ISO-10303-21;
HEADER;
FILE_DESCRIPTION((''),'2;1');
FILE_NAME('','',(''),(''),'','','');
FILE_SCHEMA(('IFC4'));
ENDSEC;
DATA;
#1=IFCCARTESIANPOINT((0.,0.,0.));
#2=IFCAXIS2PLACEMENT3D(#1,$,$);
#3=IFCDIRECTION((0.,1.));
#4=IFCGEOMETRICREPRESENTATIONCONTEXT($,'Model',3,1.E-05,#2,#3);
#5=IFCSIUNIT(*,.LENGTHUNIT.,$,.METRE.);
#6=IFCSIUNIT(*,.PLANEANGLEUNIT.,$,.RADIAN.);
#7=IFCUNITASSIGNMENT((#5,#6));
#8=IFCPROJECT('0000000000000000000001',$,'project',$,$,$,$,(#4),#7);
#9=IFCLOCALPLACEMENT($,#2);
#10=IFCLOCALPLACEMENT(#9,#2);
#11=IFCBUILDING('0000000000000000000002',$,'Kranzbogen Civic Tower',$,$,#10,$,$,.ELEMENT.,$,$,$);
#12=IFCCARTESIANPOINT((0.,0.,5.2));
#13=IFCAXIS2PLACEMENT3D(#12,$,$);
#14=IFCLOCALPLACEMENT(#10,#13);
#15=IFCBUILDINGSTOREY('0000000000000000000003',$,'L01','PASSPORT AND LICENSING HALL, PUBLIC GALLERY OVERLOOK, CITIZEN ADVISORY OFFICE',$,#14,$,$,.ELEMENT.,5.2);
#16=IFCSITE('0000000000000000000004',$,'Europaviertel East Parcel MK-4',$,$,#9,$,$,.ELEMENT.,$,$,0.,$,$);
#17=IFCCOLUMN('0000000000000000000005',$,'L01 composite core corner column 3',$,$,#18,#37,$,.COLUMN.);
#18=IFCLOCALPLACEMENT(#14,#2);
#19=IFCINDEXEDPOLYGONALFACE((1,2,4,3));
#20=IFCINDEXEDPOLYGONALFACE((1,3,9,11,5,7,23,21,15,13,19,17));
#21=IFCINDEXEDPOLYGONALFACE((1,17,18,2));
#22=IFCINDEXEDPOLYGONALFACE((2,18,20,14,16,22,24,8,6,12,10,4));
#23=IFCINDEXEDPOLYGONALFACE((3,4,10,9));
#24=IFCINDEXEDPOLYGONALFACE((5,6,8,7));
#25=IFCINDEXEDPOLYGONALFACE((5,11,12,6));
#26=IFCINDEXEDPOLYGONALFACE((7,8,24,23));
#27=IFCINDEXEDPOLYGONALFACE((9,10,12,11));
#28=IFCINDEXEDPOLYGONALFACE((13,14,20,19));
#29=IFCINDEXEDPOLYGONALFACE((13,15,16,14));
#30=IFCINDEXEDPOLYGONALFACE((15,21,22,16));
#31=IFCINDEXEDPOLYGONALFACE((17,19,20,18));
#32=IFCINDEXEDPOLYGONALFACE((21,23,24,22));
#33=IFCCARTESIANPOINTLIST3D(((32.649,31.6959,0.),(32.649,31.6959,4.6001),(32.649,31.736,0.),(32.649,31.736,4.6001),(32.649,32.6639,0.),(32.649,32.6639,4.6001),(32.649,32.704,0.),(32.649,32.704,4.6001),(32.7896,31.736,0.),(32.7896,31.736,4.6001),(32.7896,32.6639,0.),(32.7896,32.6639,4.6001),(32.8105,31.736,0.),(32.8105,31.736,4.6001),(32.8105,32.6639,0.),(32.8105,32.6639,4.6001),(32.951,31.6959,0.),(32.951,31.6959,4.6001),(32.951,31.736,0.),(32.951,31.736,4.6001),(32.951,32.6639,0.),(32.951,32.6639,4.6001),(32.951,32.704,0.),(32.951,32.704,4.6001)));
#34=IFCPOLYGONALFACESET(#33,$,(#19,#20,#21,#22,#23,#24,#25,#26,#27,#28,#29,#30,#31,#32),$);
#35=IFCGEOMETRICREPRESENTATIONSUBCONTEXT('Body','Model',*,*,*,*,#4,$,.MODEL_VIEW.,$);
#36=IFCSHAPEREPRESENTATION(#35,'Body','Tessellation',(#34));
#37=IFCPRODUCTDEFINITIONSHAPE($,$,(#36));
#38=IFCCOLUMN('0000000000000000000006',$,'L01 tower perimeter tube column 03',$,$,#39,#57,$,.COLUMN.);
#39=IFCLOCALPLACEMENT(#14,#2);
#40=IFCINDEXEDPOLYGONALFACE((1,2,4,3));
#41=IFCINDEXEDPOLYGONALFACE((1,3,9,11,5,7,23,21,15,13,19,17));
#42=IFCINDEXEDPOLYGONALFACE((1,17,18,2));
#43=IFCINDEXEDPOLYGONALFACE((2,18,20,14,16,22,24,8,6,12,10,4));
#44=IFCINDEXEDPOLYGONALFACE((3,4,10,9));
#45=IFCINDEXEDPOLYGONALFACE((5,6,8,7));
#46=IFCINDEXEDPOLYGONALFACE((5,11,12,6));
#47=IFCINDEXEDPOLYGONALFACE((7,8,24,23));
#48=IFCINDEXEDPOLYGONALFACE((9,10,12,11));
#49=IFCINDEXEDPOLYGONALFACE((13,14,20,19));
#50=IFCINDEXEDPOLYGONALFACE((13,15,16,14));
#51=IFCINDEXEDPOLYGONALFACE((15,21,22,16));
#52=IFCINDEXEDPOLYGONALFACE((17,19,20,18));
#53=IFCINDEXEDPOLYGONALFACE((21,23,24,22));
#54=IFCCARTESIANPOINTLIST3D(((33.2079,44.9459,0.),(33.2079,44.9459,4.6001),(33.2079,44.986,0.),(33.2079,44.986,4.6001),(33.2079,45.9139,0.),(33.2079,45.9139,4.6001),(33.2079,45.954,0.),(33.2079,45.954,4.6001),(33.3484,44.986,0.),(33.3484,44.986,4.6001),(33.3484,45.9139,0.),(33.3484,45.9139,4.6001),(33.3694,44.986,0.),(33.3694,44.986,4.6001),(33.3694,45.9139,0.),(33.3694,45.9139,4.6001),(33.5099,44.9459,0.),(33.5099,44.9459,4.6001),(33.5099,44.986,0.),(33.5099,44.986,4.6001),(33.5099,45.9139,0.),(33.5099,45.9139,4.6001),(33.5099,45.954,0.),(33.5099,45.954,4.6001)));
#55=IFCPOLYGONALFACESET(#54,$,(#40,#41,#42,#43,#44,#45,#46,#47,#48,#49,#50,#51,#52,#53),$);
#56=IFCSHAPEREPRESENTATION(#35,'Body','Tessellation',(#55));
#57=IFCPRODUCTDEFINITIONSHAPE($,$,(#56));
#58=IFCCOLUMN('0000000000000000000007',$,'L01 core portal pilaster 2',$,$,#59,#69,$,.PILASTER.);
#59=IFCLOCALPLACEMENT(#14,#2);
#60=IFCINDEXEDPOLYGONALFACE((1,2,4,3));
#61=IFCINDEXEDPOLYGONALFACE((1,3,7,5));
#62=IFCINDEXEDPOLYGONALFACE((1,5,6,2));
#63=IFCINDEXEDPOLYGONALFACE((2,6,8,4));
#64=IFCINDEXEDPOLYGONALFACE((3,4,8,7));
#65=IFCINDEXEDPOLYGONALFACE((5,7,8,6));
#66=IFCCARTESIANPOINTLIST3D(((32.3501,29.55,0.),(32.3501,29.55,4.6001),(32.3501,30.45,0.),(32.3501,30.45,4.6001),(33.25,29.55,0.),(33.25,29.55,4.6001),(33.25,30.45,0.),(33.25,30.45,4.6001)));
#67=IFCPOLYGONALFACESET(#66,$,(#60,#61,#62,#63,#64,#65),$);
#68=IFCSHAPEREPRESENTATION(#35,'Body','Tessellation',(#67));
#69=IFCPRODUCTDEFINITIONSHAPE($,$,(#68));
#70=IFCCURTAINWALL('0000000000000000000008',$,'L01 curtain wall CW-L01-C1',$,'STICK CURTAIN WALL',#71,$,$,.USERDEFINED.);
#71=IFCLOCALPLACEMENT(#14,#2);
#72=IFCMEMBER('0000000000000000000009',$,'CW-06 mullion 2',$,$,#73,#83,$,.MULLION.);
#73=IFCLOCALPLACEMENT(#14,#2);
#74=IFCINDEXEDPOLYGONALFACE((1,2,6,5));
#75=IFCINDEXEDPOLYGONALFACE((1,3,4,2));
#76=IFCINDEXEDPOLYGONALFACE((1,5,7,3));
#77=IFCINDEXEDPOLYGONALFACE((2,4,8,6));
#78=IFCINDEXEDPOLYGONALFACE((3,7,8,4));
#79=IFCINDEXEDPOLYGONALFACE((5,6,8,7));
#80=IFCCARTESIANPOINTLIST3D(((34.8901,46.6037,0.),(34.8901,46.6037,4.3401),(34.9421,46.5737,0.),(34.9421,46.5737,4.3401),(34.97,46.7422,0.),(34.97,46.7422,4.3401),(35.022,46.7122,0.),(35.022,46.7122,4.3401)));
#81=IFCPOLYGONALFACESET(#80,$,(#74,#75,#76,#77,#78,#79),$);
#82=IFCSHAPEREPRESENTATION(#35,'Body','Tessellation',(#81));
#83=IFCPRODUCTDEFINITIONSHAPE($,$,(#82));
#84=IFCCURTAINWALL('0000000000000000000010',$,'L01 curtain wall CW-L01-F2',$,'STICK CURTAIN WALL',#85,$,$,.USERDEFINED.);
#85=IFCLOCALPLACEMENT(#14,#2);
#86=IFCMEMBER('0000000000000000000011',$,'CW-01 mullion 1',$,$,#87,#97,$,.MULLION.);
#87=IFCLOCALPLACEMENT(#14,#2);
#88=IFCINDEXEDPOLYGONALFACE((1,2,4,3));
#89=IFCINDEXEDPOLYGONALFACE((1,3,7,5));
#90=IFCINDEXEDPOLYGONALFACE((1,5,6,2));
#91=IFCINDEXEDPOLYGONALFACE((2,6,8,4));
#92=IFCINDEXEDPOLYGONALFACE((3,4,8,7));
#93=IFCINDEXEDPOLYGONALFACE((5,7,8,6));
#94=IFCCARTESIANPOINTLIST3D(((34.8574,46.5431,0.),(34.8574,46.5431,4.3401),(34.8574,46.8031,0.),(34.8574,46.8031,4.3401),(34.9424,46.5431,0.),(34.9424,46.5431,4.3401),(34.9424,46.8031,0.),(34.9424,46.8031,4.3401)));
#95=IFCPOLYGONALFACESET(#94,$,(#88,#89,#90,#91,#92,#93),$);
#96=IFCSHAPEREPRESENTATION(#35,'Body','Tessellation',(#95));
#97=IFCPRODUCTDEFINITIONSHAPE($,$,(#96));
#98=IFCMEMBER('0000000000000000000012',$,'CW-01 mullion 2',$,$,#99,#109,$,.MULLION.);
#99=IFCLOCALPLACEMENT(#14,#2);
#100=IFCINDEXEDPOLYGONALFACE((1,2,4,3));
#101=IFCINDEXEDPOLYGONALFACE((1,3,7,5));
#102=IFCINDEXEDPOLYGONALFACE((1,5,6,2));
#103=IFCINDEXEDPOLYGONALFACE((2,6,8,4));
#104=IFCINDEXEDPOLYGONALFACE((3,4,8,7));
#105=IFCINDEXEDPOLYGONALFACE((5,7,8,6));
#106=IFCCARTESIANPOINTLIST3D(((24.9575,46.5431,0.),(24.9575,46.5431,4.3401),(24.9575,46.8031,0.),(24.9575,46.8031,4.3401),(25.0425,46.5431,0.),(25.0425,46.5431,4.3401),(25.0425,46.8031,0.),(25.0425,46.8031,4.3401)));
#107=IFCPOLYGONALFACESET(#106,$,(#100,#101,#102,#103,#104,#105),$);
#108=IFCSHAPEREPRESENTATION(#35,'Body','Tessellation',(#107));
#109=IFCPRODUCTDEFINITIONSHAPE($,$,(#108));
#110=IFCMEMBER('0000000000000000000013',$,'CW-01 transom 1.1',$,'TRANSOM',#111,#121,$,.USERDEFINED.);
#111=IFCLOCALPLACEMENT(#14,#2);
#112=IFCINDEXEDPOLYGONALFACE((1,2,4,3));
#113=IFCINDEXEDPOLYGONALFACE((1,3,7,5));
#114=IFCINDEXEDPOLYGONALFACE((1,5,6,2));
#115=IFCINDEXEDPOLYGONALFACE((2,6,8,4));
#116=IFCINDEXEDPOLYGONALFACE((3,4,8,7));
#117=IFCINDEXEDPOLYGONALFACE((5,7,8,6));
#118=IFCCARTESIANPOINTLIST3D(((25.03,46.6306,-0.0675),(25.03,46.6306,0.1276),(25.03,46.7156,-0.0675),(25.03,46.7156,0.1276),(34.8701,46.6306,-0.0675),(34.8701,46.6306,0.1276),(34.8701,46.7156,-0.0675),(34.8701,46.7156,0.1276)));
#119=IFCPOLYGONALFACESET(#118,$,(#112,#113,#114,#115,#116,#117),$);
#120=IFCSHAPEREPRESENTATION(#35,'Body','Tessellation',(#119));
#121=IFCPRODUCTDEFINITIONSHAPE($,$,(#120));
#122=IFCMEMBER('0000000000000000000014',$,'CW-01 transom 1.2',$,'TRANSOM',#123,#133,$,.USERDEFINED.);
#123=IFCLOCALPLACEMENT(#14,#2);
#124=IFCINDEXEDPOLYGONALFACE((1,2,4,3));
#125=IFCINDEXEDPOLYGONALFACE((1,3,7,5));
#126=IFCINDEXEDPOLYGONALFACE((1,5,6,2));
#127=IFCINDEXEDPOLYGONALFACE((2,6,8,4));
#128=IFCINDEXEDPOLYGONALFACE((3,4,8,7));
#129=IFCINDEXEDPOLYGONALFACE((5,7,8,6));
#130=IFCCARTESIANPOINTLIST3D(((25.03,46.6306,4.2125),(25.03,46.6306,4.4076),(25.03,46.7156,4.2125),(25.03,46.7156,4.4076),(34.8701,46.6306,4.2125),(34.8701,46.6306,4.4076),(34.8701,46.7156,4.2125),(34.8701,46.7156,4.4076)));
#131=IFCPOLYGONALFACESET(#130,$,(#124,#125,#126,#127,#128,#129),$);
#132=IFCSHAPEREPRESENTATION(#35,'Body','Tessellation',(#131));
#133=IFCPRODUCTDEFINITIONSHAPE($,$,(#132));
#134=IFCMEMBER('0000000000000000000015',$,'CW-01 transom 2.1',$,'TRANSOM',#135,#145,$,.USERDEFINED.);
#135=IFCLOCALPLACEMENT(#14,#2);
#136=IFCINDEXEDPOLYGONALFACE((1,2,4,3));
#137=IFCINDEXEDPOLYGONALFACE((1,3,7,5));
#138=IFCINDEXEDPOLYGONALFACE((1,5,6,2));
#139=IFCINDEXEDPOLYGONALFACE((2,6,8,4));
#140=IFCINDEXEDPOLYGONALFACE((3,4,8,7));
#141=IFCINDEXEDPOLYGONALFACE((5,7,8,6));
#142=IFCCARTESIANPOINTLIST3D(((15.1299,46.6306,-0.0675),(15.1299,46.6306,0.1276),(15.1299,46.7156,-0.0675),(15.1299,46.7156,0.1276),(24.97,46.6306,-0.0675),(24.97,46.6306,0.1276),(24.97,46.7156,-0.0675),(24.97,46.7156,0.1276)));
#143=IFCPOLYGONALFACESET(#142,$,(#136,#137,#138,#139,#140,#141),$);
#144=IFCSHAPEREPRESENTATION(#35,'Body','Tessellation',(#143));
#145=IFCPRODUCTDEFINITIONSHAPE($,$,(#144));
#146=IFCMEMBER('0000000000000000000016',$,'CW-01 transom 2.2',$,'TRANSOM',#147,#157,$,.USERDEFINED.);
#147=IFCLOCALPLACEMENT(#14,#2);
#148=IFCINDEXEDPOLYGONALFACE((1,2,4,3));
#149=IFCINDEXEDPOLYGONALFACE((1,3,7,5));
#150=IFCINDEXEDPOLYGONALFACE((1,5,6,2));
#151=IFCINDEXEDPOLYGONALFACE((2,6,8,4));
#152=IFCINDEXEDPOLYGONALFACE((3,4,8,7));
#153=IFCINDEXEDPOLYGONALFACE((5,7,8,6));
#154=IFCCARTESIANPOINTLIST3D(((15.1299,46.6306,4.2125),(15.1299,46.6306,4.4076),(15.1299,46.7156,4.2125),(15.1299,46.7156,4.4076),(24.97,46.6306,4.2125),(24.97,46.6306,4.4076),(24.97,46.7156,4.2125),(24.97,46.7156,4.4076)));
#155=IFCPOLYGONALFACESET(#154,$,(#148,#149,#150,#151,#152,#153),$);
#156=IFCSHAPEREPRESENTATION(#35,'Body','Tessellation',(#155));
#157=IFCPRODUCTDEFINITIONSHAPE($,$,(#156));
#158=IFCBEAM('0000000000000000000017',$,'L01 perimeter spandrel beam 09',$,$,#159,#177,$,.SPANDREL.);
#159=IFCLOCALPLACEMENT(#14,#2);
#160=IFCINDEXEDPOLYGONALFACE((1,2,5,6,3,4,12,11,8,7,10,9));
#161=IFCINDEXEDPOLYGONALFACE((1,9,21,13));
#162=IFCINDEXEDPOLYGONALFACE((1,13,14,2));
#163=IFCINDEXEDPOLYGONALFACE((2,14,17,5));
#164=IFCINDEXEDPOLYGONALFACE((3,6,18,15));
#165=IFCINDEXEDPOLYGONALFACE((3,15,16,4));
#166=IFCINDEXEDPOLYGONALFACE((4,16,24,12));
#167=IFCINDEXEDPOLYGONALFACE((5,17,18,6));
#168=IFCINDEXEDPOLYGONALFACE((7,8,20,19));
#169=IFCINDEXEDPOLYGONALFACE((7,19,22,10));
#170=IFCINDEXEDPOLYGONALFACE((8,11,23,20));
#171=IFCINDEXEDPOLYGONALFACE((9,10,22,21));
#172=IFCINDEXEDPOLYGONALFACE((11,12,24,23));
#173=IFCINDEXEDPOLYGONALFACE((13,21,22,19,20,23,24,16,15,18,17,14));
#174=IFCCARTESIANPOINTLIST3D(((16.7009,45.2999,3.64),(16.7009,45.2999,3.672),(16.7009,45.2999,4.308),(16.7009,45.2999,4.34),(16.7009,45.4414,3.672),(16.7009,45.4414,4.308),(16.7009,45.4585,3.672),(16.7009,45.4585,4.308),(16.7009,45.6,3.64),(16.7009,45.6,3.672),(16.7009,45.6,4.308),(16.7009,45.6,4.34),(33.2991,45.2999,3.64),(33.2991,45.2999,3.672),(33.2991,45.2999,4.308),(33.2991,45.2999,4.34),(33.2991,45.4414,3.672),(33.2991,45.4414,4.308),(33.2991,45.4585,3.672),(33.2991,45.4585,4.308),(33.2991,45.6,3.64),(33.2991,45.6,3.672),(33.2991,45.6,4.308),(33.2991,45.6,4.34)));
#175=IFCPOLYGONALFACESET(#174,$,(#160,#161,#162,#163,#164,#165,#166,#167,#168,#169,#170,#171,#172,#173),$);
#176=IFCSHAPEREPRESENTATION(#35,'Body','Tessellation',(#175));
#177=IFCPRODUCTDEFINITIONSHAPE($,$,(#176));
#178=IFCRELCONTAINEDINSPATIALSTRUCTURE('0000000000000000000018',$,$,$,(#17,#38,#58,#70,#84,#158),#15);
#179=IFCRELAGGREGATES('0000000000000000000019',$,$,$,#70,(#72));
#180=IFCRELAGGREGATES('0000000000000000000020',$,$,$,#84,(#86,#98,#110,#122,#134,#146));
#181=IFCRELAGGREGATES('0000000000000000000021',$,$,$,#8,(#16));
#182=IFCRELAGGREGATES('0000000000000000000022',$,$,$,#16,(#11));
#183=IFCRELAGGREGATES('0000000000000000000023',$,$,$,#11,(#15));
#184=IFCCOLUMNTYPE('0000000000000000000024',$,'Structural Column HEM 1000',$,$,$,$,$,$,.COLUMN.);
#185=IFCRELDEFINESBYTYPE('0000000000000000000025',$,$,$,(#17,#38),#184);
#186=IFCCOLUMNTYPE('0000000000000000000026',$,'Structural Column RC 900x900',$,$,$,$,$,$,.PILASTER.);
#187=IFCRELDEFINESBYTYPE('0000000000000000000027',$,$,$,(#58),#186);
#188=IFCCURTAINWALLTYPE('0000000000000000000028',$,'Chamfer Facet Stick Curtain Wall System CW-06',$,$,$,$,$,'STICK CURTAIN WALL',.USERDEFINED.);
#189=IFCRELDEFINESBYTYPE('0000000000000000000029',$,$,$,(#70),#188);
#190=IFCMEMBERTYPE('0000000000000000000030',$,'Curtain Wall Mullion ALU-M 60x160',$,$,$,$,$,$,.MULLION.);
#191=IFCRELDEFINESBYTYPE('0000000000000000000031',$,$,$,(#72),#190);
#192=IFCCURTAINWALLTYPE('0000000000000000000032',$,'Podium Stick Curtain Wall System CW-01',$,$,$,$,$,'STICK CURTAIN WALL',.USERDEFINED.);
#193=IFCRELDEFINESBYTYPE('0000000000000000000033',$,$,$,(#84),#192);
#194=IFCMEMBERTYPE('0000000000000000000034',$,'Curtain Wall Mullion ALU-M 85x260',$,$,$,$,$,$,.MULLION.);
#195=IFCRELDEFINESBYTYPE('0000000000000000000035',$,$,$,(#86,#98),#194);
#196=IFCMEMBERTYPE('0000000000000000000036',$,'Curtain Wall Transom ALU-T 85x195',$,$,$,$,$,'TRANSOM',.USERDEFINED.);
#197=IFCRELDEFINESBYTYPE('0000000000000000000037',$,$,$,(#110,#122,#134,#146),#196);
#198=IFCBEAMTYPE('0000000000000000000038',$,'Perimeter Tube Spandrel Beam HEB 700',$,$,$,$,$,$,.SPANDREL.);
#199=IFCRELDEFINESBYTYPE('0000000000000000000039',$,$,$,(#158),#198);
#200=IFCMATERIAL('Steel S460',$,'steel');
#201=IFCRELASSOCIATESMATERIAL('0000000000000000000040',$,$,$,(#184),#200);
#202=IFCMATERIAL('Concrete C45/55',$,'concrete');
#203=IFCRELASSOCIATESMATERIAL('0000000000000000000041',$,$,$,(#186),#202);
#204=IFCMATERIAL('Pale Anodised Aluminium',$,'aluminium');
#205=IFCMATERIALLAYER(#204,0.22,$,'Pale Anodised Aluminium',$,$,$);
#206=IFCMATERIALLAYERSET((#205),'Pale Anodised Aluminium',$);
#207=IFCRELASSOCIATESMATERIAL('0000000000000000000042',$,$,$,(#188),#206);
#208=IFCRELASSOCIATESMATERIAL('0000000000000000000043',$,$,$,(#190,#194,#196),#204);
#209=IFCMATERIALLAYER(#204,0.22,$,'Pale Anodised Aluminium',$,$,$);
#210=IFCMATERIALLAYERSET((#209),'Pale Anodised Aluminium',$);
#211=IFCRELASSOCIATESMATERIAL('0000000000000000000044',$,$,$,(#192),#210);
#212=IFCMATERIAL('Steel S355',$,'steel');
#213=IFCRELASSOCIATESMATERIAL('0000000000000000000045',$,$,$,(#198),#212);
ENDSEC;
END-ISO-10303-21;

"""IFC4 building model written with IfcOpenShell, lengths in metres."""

from ifc_helpers import new_model, si_unit, direction, frame, origin, origin_2d, place, context, subcontext, project, spatial, rectangle, i_section, extrude, material, layer, layer_set, material_profile, profile_set, type_object, element, aggregate, save


model = new_model("IFC4")

# Units and contexts
model_context = context("Model", 3, precision=1e-05, world=origin(), true_north=direction((0.0, 1.0)))
body_context = subcontext(model_context, "Body", "Model", "MODEL_VIEW")
ifc_project = project(units=[si_unit("LENGTHUNIT", "METRE"), si_unit("PLANEANGLEUNIT", "RADIAN")], contexts=[model_context])

# Site, building, storey
site_placement = place(None, origin())
site = spatial("IfcSite", under=ifc_project, at=site_placement, Name="Europaviertel East Parcel MK-4", CompositionType="ELEMENT", RefElevation=0.0)
building_placement = place(site_placement, origin())
building = spatial("IfcBuilding", under=site, at=building_placement, Name="Kranzbogen Civic Tower", CompositionType="ELEMENT")
storey_placement = place(building_placement, frame((0.0, 0.0, 5.2)))
storey = spatial("IfcBuildingStorey", under=building, at=storey_placement, Name="L01", Description="PASSPORT AND LICENSING HALL, PUBLIC GALLERY OVERLOOK, CITIZEN ADVISORY OFFICE", CompositionType="ELEMENT", Elevation=5.2)

# Columns
ifc_material_1 = material(Name="Steel S460", Category="steel")
ifc_material_profile_1 = material_profile(ifc_material_1, i_section(OverallWidth=0.302, OverallDepth=1.0081, WebThickness=0.021, FlangeThickness=0.04, at=origin_2d()), Name="HEM 1000")
ifc_profile_set_1 = profile_set([ifc_material_profile_1], Name="Steel S460")
column_type_1 = type_object("IfcColumnType", Name="Structural Column HEM 1000", PredefinedType="COLUMN", material=ifc_profile_set_1)
for number, where, z_axis, x_axis, name in (
    (1, (32.8, 32.2, 0.0), (0.0, 0.0, 1.0), (1.0, 0.0, 0.0), "L01 composite core corner column 3"),
    (2, (33.3589, 45.45, 0.0), (0.0, 0.0, 1.0), (1.0, 0.0, 0.0), "L01 tower perimeter tube column 03"),
):
    element("IfcColumn", number, at=place(storey_placement, frame(where, z_axis=z_axis, x_axis=x_axis)), inside=storey, type_object=column_type_1, Name=name, PredefinedType="COLUMN", context=body_context, shape_type="SweptSolid", body=[
        extrude(i_section(OverallWidth=0.302, OverallDepth=1.0081, WebThickness=0.021, FlangeThickness=0.04, at=origin_2d()), origin(), (0.0, 0.0, 1.0), 4.6001),
    ])
ifc_material_2 = material(Name="Concrete C45/55", Category="concrete")
ifc_material_profile_2 = material_profile(ifc_material_2, rectangle(XDim=0.8999, YDim=0.8999, at=origin_2d()), Name="RC 900x900")
ifc_profile_set_2 = profile_set([ifc_material_profile_2], Name="Concrete C45/55")
column_type_2 = type_object("IfcColumnType", Name="Structural Column RC 900x900", PredefinedType="PILASTER", material=ifc_profile_set_2)
column_placement = place(storey_placement, frame((32.8, 30.0, 0.0), z_axis=(0.0, 0.0, 1.0), x_axis=(1.0, 0.0, 0.0)))
element("IfcColumn", 3, at=column_placement, inside=storey, type_object=column_type_2, Name="L01 core portal pilaster 2", PredefinedType="PILASTER", context=body_context, shape_type="SweptSolid", body=[
    extrude(rectangle(XDim=0.8999, YDim=0.8999, at=origin_2d()), origin(), (0.0, 0.0, 1.0), 4.6001),
])

# Curtain wall, member
ifc_material_3 = material(Name="Pale Anodised Aluminium", Category="aluminium")
ifc_layer_1 = layer(ifc_material_3, 0.22, Name="Pale Anodised Aluminium")
ifc_layer_set_1 = layer_set([ifc_layer_1], Name="Pale Anodised Aluminium")
curtain_wall_type_1 = type_object("IfcCurtainWallType", Name="Chamfer Facet Stick Curtain Wall System CW-06", ElementType="STICK CURTAIN WALL", PredefinedType="USERDEFINED", material=ifc_layer_set_1)
curtain_wall_1_placement = place(storey_placement, origin())
curtain_wall_1 = element("IfcCurtainWall", 4, at=curtain_wall_1_placement, inside=storey, type_object=curtain_wall_type_1, Name="L01 curtain wall CW-L01-C1", ObjectType="STICK CURTAIN WALL", PredefinedType="USERDEFINED")
ifc_material_profile_3 = material_profile(ifc_material_3, rectangle(XDim=0.0601, YDim=0.1599, at=origin_2d()), Name="ALU-M 60x160")
ifc_profile_set_3 = profile_set([ifc_material_profile_3], Name="Pale Anodised Aluminium")
member_type_1 = type_object("IfcMemberType", Name="Curtain Wall Mullion ALU-M 60x160", PredefinedType="MULLION", material=ifc_profile_set_3)
member_1_placement = place(storey_placement, frame((34.9561, 46.658, 0.0), z_axis=(0.0, 0.0, 1.0), x_axis=(-0.865992, 0.500058, 0.0)))
member_1 = element("IfcMember", 5, at=member_1_placement, type_object=member_type_1, Name="CW-06 mullion 2", PredefinedType="MULLION", context=body_context, shape_type="SweptSolid", body=[
    extrude(rectangle(XDim=0.0601, YDim=0.1599, at=origin_2d()), origin(), (0.0, 0.0, 1.0), 4.3401),
])
aggregate(curtain_wall_1, [member_1])

# Curtain wall, members
ifc_layer_2 = layer(ifc_material_3, 0.22, Name="Pale Anodised Aluminium")
ifc_layer_set_2 = layer_set([ifc_layer_2], Name="Pale Anodised Aluminium")
curtain_wall_type_2 = type_object("IfcCurtainWallType", Name="Podium Stick Curtain Wall System CW-01", ElementType="STICK CURTAIN WALL", PredefinedType="USERDEFINED", material=ifc_layer_set_2)
curtain_wall_2_placement = place(storey_placement, origin())
curtain_wall_2 = element("IfcCurtainWall", 6, at=curtain_wall_2_placement, inside=storey, type_object=curtain_wall_type_2, Name="L01 curtain wall CW-L01-F2", ObjectType="STICK CURTAIN WALL", PredefinedType="USERDEFINED")
ifc_material_profile_4 = material_profile(ifc_material_3, rectangle(XDim=0.085, YDim=0.26, at=origin_2d()), Name="ALU-M 85x260")
ifc_profile_set_4 = profile_set([ifc_material_profile_4], Name="Pale Anodised Aluminium")
member_type_2 = type_object("IfcMemberType", Name="Curtain Wall Mullion ALU-M 85x260", PredefinedType="MULLION", material=ifc_profile_set_4)
member_2_placement = place(storey_placement, frame((34.8999, 46.6731, 0.0), z_axis=(0.0, 0.0, 1.0), x_axis=(-1.0, 0.0, 0.0)))
member_2 = element("IfcMember", 7, at=member_2_placement, type_object=member_type_2, Name="CW-01 mullion 1", PredefinedType="MULLION", context=body_context, shape_type="SweptSolid", body=[
    extrude(rectangle(XDim=0.085, YDim=0.26, at=origin_2d()), origin(), (0.0, 0.0, 1.0), 4.3401),
])
member_3_placement = place(storey_placement, frame((25.0, 46.6731, 0.0), z_axis=(0.0, 0.0, 1.0), x_axis=(-1.0, 0.0, 0.0)))
member_3 = element("IfcMember", 8, at=member_3_placement, type_object=member_type_2, Name="CW-01 mullion 2", PredefinedType="MULLION", context=body_context, shape_type="SweptSolid", body=[
    extrude(rectangle(XDim=0.085, YDim=0.26, at=origin_2d()), origin(), (0.0, 0.0, 1.0), 4.3401),
])
ifc_material_profile_5 = material_profile(ifc_material_3, rectangle(XDim=0.085, YDim=0.1951, at=origin_2d()), Name="ALU-T 85x195")
ifc_profile_set_5 = profile_set([ifc_material_profile_5], Name="Pale Anodised Aluminium")
member_type_3 = type_object("IfcMemberType", Name="Curtain Wall Transom ALU-T 85x195", ElementType="TRANSOM", PredefinedType="USERDEFINED", material=ifc_profile_set_5)
member_4_placement = place(storey_placement, frame((34.8701, 46.6731, 0.03), z_axis=(-1.0, 0.0, 0.0), x_axis=(0.0, -1.0, 0.0)))
member_4 = element("IfcMember", 9, at=member_4_placement, type_object=member_type_3, Name="CW-01 transom 1.1", ObjectType="TRANSOM", PredefinedType="USERDEFINED", context=body_context, shape_type="SweptSolid", body=[
    extrude(rectangle(XDim=0.085, YDim=0.1951, at=origin_2d()), origin(), (0.0, 0.0, 1.0), 9.8401),
])
member_5_placement = place(storey_placement, frame((34.8701, 46.6731, 4.3101), z_axis=(-1.0, 0.0, 0.0), x_axis=(0.0, -1.0, 0.0)))
member_5 = element("IfcMember", 10, at=member_5_placement, type_object=member_type_3, Name="CW-01 transom 1.2", ObjectType="TRANSOM", PredefinedType="USERDEFINED", context=body_context, shape_type="SweptSolid", body=[
    extrude(rectangle(XDim=0.085, YDim=0.1951, at=origin_2d()), origin(), (0.0, 0.0, 1.0), 9.8401),
])
member_6_placement = place(storey_placement, frame((24.97, 46.6731, 0.03), z_axis=(-1.0, 0.0, 0.0), x_axis=(0.0, -1.0, 0.0)))
member_6 = element("IfcMember", 11, at=member_6_placement, type_object=member_type_3, Name="CW-01 transom 2.1", ObjectType="TRANSOM", PredefinedType="USERDEFINED", context=body_context, shape_type="SweptSolid", body=[
    extrude(rectangle(XDim=0.085, YDim=0.1951, at=origin_2d()), origin(), (0.0, 0.0, 1.0), 9.8401),
])
member_7_placement = place(storey_placement, frame((24.97, 46.6731, 4.3101), z_axis=(-1.0, 0.0, 0.0), x_axis=(0.0, -1.0, 0.0)))
member_7 = element("IfcMember", 12, at=member_7_placement, type_object=member_type_3, Name="CW-01 transom 2.2", ObjectType="TRANSOM", PredefinedType="USERDEFINED", context=body_context, shape_type="SweptSolid", body=[
    extrude(rectangle(XDim=0.085, YDim=0.1951, at=origin_2d()), origin(), (0.0, 0.0, 1.0), 9.8401),
])

# Beam
ifc_material_4 = material(Name="Steel S355", Category="steel")
ifc_material_profile_6 = material_profile(ifc_material_4, i_section(OverallWidth=0.3, OverallDepth=0.7, WebThickness=0.0171, FlangeThickness=0.032, at=origin_2d()), Name="HEB 700")
ifc_profile_set_6 = profile_set([ifc_material_profile_6], Name="Steel S355")
beam_type_1 = type_object("IfcBeamType", Name="Perimeter Tube Spandrel Beam HEB 700", PredefinedType="SPANDREL", material=ifc_profile_set_6)
beam_1_placement = place(storey_placement, frame((33.2991, 45.45, 3.99), z_axis=(-1.0, 0.0, 0.0), x_axis=(0.0, -1.0, 0.0)))
element("IfcBeam", 13, at=beam_1_placement, inside=storey, type_object=beam_type_1, Name="L01 perimeter spandrel beam 09", PredefinedType="SPANDREL", context=body_context, shape_type="SweptSolid", body=[
    extrude(i_section(OverallWidth=0.3, OverallDepth=0.7, WebThickness=0.0171, FlangeThickness=0.032, at=origin_2d()), origin(), (0.0, 0.0, 1.0), 16.5981),
])

aggregate(curtain_wall_2, [member_2, member_3, member_4, member_5, member_6, member_7])

save(model, "model.ifc")
